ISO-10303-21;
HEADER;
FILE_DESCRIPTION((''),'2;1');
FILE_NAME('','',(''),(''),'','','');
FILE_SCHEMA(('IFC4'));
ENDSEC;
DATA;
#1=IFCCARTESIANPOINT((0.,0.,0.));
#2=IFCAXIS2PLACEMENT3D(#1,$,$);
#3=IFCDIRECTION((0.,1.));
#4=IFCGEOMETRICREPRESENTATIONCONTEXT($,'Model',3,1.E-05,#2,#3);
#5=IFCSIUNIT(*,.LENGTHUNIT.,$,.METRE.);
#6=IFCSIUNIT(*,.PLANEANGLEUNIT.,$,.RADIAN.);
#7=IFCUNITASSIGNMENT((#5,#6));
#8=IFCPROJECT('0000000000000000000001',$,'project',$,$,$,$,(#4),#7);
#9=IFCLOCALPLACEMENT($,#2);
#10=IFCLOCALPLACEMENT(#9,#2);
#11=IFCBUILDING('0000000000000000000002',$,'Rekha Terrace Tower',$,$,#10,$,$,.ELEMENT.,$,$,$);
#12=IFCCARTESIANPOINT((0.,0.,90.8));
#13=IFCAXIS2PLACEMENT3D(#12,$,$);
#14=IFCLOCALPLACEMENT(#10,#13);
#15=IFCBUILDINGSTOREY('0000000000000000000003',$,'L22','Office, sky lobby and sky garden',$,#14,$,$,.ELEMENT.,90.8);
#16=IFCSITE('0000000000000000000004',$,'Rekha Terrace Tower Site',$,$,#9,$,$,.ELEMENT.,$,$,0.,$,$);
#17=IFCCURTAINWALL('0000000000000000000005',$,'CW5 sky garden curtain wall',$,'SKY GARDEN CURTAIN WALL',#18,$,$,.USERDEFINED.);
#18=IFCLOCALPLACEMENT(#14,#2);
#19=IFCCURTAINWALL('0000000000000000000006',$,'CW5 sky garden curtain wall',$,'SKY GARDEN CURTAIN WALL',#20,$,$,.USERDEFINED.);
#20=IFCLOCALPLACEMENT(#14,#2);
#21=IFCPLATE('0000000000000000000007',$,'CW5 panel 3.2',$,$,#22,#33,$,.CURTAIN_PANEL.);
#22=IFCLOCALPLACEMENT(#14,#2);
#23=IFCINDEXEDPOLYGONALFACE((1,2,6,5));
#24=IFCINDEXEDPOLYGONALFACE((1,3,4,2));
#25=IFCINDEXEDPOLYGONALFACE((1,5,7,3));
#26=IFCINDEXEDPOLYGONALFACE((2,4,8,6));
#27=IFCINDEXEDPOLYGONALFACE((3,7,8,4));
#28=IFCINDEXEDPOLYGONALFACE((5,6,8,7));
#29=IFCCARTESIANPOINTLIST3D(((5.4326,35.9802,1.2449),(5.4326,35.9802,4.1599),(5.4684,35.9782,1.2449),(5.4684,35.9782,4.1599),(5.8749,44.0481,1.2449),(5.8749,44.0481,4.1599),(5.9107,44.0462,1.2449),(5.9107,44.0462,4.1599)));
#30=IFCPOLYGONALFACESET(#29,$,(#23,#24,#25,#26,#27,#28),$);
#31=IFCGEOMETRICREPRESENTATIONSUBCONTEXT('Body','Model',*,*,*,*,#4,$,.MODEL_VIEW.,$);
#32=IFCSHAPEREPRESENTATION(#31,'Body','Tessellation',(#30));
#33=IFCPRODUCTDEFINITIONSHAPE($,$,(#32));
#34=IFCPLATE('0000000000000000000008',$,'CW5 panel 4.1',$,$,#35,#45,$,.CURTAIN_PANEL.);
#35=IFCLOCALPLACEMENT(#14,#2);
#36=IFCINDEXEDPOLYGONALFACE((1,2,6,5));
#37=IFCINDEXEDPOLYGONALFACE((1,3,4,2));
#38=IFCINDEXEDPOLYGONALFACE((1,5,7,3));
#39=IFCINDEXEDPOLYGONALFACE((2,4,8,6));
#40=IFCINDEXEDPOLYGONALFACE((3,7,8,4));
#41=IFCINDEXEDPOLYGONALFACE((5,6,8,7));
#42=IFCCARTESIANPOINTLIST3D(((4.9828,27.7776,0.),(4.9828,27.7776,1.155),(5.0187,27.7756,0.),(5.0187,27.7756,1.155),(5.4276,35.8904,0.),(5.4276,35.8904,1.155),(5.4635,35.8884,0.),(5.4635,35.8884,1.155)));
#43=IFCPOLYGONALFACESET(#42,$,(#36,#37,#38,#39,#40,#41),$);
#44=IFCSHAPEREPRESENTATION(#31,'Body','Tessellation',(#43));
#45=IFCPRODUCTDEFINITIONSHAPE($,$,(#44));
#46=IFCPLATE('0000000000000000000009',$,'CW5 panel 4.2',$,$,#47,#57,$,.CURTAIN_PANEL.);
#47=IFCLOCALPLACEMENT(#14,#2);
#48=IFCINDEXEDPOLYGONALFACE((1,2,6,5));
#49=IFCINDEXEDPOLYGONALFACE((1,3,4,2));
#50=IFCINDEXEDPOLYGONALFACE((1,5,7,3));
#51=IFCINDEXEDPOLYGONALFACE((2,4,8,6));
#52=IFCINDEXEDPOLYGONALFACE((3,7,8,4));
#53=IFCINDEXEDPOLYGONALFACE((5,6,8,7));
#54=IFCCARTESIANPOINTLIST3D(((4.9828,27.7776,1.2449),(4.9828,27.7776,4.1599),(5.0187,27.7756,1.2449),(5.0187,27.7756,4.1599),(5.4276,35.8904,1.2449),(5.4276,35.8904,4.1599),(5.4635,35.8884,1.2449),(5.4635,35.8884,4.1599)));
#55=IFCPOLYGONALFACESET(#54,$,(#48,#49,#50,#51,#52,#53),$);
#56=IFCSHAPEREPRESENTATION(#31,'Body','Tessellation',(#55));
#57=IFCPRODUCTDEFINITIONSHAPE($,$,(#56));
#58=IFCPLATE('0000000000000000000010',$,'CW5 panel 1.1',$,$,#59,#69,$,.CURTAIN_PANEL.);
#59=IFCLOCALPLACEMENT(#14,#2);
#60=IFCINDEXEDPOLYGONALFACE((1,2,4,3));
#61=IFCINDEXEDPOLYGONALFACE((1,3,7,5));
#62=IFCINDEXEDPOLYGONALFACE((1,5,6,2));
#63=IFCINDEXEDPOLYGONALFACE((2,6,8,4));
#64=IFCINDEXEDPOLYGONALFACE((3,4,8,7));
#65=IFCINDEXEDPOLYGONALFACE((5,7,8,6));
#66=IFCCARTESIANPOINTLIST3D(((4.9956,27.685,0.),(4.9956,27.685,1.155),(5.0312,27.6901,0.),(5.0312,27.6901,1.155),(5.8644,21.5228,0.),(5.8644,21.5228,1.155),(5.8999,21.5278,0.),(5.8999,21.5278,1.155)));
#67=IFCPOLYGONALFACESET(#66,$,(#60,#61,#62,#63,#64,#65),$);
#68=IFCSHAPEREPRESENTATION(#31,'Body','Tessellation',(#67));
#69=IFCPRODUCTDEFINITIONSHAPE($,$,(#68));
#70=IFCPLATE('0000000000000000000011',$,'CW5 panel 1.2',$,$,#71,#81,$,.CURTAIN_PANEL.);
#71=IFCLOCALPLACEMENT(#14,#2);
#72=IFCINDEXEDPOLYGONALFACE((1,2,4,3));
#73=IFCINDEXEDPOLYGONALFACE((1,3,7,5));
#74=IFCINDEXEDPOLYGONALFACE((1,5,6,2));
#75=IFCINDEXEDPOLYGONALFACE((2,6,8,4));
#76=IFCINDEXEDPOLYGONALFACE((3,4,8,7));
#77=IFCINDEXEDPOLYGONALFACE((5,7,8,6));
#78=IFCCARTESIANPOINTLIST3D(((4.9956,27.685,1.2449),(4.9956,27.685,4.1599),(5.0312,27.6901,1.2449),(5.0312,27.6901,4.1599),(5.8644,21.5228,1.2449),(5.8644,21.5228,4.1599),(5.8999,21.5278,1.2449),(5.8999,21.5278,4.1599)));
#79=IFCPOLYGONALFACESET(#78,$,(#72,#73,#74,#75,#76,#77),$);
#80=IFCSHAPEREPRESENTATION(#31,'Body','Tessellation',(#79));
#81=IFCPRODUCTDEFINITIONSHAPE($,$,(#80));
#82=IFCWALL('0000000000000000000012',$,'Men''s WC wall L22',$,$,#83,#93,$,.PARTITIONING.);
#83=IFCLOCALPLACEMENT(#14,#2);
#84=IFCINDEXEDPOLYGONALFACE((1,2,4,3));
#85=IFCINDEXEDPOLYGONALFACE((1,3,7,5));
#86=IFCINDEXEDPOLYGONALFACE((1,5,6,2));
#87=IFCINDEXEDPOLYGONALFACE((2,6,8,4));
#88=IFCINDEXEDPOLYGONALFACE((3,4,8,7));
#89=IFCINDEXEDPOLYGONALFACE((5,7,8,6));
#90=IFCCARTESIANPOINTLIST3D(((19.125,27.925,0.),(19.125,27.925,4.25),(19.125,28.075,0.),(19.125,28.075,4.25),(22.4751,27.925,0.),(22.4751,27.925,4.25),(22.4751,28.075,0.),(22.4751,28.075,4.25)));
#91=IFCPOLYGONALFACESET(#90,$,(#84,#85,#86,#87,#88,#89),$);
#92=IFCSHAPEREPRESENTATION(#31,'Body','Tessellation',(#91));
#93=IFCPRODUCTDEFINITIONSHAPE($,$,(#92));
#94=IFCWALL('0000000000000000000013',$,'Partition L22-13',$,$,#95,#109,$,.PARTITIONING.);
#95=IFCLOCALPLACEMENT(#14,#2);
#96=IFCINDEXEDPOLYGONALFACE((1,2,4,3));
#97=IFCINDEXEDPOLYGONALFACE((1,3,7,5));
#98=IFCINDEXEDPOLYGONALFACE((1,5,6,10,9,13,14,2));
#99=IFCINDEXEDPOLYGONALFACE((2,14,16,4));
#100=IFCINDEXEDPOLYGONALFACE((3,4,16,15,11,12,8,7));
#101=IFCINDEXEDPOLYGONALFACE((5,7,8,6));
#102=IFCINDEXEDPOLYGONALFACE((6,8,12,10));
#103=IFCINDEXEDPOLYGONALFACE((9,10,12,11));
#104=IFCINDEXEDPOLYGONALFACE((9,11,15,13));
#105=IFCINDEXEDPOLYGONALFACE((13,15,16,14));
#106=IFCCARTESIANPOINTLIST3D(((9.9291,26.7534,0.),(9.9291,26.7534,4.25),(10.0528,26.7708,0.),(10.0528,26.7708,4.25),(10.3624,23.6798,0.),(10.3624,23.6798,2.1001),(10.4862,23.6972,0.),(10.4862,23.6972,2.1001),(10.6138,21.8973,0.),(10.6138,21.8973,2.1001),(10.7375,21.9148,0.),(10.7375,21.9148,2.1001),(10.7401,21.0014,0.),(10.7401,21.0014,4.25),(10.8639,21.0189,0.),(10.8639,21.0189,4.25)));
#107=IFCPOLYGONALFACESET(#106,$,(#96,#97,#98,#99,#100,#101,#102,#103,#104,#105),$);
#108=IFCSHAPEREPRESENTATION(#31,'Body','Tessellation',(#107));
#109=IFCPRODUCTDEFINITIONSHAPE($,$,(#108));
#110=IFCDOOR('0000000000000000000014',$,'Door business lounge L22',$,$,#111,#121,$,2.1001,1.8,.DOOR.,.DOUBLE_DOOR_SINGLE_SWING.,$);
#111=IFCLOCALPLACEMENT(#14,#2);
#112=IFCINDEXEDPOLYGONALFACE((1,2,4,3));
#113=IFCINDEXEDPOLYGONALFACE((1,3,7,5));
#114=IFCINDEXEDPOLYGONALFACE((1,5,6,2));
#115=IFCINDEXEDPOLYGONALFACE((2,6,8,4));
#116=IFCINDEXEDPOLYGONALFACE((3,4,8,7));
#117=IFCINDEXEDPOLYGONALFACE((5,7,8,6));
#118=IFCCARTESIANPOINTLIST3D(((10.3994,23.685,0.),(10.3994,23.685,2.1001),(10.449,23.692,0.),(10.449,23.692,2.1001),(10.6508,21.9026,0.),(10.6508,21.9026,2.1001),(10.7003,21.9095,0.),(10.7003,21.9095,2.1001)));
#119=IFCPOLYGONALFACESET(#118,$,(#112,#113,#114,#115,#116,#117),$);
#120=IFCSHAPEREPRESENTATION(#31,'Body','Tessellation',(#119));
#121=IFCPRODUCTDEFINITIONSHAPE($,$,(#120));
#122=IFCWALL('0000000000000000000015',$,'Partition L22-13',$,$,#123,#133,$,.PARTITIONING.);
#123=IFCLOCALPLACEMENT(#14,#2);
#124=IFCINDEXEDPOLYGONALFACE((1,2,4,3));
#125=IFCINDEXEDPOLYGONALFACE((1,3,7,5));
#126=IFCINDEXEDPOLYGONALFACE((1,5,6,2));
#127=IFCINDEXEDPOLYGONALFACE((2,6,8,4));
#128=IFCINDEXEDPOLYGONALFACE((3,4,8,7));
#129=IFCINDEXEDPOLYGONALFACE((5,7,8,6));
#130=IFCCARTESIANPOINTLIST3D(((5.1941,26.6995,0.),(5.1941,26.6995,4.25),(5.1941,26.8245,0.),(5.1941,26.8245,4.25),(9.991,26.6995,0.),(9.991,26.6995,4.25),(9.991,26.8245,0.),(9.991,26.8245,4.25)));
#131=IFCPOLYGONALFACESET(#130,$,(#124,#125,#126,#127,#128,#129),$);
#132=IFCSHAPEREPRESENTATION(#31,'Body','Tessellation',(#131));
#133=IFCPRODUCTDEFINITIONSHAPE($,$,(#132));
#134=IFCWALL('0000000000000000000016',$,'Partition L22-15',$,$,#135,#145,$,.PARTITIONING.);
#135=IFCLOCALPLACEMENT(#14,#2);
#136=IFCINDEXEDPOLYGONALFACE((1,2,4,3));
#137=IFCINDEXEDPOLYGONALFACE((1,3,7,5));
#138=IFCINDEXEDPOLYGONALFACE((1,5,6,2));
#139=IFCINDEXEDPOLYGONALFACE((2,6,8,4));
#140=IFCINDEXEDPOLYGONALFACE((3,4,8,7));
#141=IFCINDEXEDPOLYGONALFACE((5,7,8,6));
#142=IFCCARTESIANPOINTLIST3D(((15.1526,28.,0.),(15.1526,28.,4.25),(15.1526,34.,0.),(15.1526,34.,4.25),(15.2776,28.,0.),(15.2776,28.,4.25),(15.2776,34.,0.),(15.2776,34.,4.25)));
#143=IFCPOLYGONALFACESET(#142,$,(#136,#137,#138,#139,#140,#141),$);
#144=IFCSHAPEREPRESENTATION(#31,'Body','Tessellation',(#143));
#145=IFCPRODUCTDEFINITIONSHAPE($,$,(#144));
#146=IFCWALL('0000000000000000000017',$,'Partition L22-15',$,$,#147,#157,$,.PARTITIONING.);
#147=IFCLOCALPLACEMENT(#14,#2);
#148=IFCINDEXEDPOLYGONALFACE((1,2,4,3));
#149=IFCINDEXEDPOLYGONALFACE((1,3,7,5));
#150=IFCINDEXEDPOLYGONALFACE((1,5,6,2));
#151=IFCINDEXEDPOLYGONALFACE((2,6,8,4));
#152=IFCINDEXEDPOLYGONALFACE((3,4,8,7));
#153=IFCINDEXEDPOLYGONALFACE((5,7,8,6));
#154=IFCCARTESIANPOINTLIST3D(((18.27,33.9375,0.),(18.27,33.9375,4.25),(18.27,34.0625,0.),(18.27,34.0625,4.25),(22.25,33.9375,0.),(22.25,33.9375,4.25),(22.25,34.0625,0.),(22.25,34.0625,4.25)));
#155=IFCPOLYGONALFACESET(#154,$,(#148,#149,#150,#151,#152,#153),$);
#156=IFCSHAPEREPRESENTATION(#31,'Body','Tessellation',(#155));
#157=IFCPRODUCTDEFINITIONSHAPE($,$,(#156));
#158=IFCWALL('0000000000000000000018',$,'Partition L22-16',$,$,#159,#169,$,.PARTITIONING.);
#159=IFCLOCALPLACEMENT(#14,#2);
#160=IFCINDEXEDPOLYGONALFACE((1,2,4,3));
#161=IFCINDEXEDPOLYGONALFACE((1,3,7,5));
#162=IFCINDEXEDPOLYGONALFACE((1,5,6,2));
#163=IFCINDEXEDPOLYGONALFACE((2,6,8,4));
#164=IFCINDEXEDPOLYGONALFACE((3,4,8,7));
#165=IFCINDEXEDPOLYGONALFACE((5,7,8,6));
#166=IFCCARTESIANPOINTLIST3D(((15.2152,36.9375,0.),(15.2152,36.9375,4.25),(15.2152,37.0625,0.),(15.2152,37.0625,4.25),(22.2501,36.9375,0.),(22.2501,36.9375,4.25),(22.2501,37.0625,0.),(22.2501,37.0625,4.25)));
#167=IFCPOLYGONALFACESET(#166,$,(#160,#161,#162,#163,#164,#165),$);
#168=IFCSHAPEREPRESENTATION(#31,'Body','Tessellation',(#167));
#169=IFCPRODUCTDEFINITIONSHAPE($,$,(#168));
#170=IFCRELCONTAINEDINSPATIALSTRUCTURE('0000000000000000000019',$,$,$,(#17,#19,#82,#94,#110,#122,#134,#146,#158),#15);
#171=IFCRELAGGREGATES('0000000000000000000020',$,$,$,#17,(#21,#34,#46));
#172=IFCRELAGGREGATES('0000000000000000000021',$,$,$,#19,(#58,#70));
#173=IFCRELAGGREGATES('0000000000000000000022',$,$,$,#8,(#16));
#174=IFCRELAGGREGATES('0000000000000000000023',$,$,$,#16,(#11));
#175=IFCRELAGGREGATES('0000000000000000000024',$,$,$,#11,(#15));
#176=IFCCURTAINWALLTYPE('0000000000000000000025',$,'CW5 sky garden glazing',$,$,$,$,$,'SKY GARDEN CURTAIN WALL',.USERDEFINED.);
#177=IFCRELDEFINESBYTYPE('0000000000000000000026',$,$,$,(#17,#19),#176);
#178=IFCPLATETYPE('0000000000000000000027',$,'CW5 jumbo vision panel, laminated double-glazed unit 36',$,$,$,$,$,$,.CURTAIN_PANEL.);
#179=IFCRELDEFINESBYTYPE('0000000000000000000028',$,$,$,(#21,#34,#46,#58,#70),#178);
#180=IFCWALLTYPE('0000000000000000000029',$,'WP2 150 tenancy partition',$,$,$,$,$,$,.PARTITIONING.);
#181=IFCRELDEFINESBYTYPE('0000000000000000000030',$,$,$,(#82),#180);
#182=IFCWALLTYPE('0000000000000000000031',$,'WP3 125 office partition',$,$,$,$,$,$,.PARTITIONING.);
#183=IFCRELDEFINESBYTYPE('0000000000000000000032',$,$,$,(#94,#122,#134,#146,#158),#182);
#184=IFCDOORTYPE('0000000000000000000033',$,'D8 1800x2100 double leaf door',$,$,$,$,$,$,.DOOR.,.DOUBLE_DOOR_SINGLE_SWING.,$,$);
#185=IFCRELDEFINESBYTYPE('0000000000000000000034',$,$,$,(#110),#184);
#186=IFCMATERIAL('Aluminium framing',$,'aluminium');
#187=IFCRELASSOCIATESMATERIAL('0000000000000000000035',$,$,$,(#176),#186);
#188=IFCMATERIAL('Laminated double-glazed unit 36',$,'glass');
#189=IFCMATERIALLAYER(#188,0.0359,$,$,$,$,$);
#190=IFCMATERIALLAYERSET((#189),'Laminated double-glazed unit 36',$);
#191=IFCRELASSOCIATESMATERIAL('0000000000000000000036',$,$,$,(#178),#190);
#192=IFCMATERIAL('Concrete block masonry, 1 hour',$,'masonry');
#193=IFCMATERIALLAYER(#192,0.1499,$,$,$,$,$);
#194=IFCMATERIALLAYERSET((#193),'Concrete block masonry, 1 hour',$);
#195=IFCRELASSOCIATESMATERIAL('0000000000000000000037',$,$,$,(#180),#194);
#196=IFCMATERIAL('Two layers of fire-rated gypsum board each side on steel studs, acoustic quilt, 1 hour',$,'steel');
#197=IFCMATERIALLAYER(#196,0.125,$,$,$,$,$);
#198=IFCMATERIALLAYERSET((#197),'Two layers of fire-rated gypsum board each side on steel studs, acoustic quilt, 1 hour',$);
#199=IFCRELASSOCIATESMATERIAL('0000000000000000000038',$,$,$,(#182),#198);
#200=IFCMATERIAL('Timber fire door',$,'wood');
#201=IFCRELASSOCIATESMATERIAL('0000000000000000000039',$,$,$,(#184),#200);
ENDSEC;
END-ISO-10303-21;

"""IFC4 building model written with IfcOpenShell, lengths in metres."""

from ifc_helpers import new_model, si_unit, direction, frame, frame_2d, origin, origin_2d, place, context, subcontext, project, spatial, rectangle, extrude, material, layer, layer_set, type_object, element, fill, aggregate, save


model = new_model("IFC4")

# Units and contexts
model_context = context("Model", 3, precision=1e-05, world=origin(), true_north=direction((0.0, 1.0)))
body_context = subcontext(model_context, "Body", "Model", "MODEL_VIEW")
ifc_project = project(units=[si_unit("LENGTHUNIT", "METRE"), si_unit("PLANEANGLEUNIT", "RADIAN")], contexts=[model_context])

# Site, building, storey
site_placement = place(None, origin())
site = spatial("IfcSite", under=ifc_project, at=site_placement, Name="Rekha Terrace Tower Site", CompositionType="ELEMENT", RefElevation=0.0)
building_placement = place(site_placement, origin())
building = spatial("IfcBuilding", under=site, at=building_placement, Name="Rekha Terrace Tower", CompositionType="ELEMENT")
storey_placement = place(building_placement, frame((0.0, 0.0, 90.8)))
storey = spatial("IfcBuildingStorey", under=building, at=storey_placement, Name="L22", Description="Office, sky lobby and sky garden", CompositionType="ELEMENT", Elevation=90.8)

# Curtain walls
ifc_material_1 = material(Name="Aluminium framing", Category="aluminium")
curtain_wall_type = type_object("IfcCurtainWallType", Name="CW5 sky garden glazing", ElementType="SKY GARDEN CURTAIN WALL", PredefinedType="USERDEFINED", material=ifc_material_1)
curtain_wall_1_placement = place(storey_placement, origin())
curtain_wall_1 = element("IfcCurtainWall", 1, at=curtain_wall_1_placement, inside=storey, type_object=curtain_wall_type, Name="CW5 sky garden curtain wall", ObjectType="SKY GARDEN CURTAIN WALL", PredefinedType="USERDEFINED")
curtain_wall_2_placement = place(storey_placement, origin())
curtain_wall_2 = element("IfcCurtainWall", 2, at=curtain_wall_2_placement, inside=storey, type_object=curtain_wall_type, Name="CW5 sky garden curtain wall", ObjectType="SKY GARDEN CURTAIN WALL", PredefinedType="USERDEFINED")

# Plates
ifc_material_2 = material(Name="Laminated double-glazed unit 36", Category="glass")
ifc_layer_1 = layer(ifc_material_2, 0.0359)
ifc_layer_set_1 = layer_set([ifc_layer_1], Name="Laminated double-glazed unit 36")
plate_type = type_object("IfcPlateType", Name="CW5 jumbo vision panel, laminated double-glazed unit 36", PredefinedType="CURTAIN_PANEL", material=ifc_layer_set_1)
plate_1_placement = place(storey_placement, frame((5.6716, 40.0132, 1.2449), z_axis=(0.0, 0.0, 1.0), x_axis=(-0.054742, -0.998501, 0.0)))
plate_1 = element("IfcPlate", 3, at=plate_1_placement, type_object=plate_type, Name="CW5 panel 3.2", PredefinedType="CURTAIN_PANEL", context=body_context, shape_type="SweptSolid", body=[
    extrude(rectangle(XDim=8.0801, YDim=0.0359, at=origin_2d()), origin(), (0.0, 0.0, 1.0), 2.915),
])
plate_2_placement = place(storey_placement, frame((5.2231, 31.833, 0.0), z_axis=(0.0, 0.0, 1.0), x_axis=(-0.054742, -0.998501, 0.0)))
plate_2 = element("IfcPlate", 4, at=plate_2_placement, type_object=plate_type, Name="CW5 panel 4.1", PredefinedType="CURTAIN_PANEL", context=body_context, shape_type="SweptSolid", body=[
    extrude(rectangle(XDim=8.125, YDim=0.0359, at=origin_2d()), origin(), (0.0, 0.0, 1.0), 1.155),
])
plate_3_placement = place(storey_placement, frame((5.2231, 31.833, 1.2449), z_axis=(0.0, 0.0, 1.0), x_axis=(-0.054742, -0.998501, 0.0)))
plate_3 = element("IfcPlate", 5, at=plate_3_placement, type_object=plate_type, Name="CW5 panel 4.2", PredefinedType="CURTAIN_PANEL", context=body_context, shape_type="SweptSolid", body=[
    extrude(rectangle(XDim=8.125, YDim=0.0359, at=origin_2d()), origin(), (0.0, 0.0, 1.0), 2.915),
])
aggregate(curtain_wall_1, [plate_1, plate_2, plate_3])
plate_4_placement = place(storey_placement, frame((5.4478, 24.6064, 0.0), z_axis=(0.0, 0.0, 1.0), x_axis=(0.139597, -0.990208, 0.0)))
plate_4 = element("IfcPlate", 6, at=plate_4_placement, type_object=plate_type, Name="CW5 panel 1.1", PredefinedType="CURTAIN_PANEL", context=body_context, shape_type="SweptSolid", body=[
    extrude(rectangle(XDim=6.2231, YDim=0.0359, at=origin_2d()), origin(), (0.0, 0.0, 1.0), 1.155),
])
plate_5_placement = place(storey_placement, frame((5.4478, 24.6064, 1.2449), z_axis=(0.0, 0.0, 1.0), x_axis=(0.139597, -0.990208, 0.0)))
plate_5 = element("IfcPlate", 7, at=plate_5_placement, type_object=plate_type, Name="CW5 panel 1.2", PredefinedType="CURTAIN_PANEL", context=body_context, shape_type="SweptSolid", body=[
    extrude(rectangle(XDim=6.2231, YDim=0.0359, at=origin_2d()), origin(), (0.0, 0.0, 1.0), 2.915),
])
aggregate(curtain_wall_2, [plate_4, plate_5])

# Wall
ifc_material_3 = material(Name="Concrete block masonry, 1 hour", Category="masonry")
ifc_layer_2 = layer(ifc_material_3, 0.1499)
ifc_layer_set_2 = layer_set([ifc_layer_2], Name="Concrete block masonry, 1 hour")
wall_type_1 = type_object("IfcWallType", Name="WP2 150 tenancy partition", PredefinedType="PARTITIONING", material=ifc_layer_set_2)
wall_1_placement = place(storey_placement, frame((19.125, 28.0, 0.0), z_axis=(0.0, 0.0, 1.0), x_axis=(1.0, 0.0, 0.0)))
element("IfcWall", 8, at=wall_1_placement, inside=storey, type_object=wall_type_1, Name="Men's WC wall L22", PredefinedType="PARTITIONING", context=body_context, shape_type="SweptSolid", body=[
    extrude(rectangle(XDim=3.3501, YDim=0.1499, at=frame_2d((1.675, 0.0))), origin(), (0.0, 0.0, 1.0), 4.25),
])

# Wall, opening, door
ifc_material_4 = material(Name="Two layers of fire-rated gypsum board each side on steel studs, acoustic quilt, 1 hour", Category="steel")
ifc_layer_3 = layer(ifc_material_4, 0.125)
ifc_layer_set_3 = layer_set([ifc_layer_3], Name="Two layers of fire-rated gypsum board each side on steel studs, acoustic quilt, 1 hour")
wall_type_2 = type_object("IfcWallType", Name="WP3 125 office partition", PredefinedType="PARTITIONING", material=ifc_layer_set_3)
wall_2_placement = place(storey_placement, frame((9.991, 26.762, 0.0), z_axis=(0.0, 0.0, 1.0), x_axis=(0.139621, -0.990205, 0.0)))
wall_2 = element("IfcWall", 9, at=wall_2_placement, inside=storey, type_object=wall_type_2, Name="Partition L22-13", PredefinedType="PARTITIONING", context=body_context, shape_type="SweptSolid", body=[
    extrude(rectangle(XDim=5.8088, YDim=0.125, at=frame_2d((2.9043, 0.0))), origin(), (0.0, 0.0, 1.0), 4.25),
])
opening_1_placement = place(wall_2_placement, frame((3.104, 0.0, 0.0)))
opening_1 = element("IfcOpeningElement", 10, at=opening_1_placement, cuts=wall_2, PredefinedType="OPENING", context=body_context, shape_type="SweptSolid", body=[
    extrude(rectangle(XDim=1.8, YDim=2.1001, at=frame_2d((0.8999, 1.05))), frame((0.0, 0.0725, 0.0), z_axis=(0.0, -1.0, 0.0), x_axis=(1.0, 0.0, 0.0)), (0.0, 0.0, 1.0), 0.145),
])
ifc_material_5 = material(Name="Timber fire door", Category="wood")
door_type_1 = type_object("IfcDoorType", Name="D8 1800x2100 double leaf door", OperationType="DOUBLE_DOOR_SINGLE_SWING", PredefinedType="DOOR", material=ifc_material_5)
door_1_placement = place(opening_1_placement, origin())
door_1 = element("IfcDoor", 11, at=door_1_placement, inside=storey, type_object=door_type_1, Name="Door business lounge L22", OperationType="DOUBLE_DOOR_SINGLE_SWING", OverallHeight=2.1001, OverallWidth=1.8, PredefinedType="DOOR", context=body_context, shape_type="SweptSolid", body=[
    extrude(rectangle(XDim=1.8, YDim=2.1001, at=frame_2d((0.8999, 1.05))), frame((0.0, 0.0249, 0.0), z_axis=(0.0, -1.0, 0.0), x_axis=(1.0, 0.0, 0.0)), (0.0, 0.0, 1.0), 0.05),
])
fill(opening_1, door_1)

# Walls
wall_3_placement = place(storey_placement, frame((5.1941, 26.762, 0.0), z_axis=(0.0, 0.0, 1.0), x_axis=(1.0, 0.0, 0.0)))
element("IfcWall", 12, at=wall_3_placement, inside=storey, type_object=wall_type_2, Name="Partition L22-13", PredefinedType="PARTITIONING", context=body_context, shape_type="SweptSolid", body=[
    extrude(rectangle(XDim=4.7969, YDim=0.125, at=frame_2d((2.3984, 0.0))), origin(), (0.0, 0.0, 1.0), 4.25),
])
wall_4_placement = place(storey_placement, frame((15.2151, 28.0, 0.0), z_axis=(0.0, 0.0, 1.0), x_axis=(0.0, 1.0, 0.0)))
element("IfcWall", 13, at=wall_4_placement, inside=storey, type_object=wall_type_2, Name="Partition L22-15", PredefinedType="PARTITIONING", context=body_context, shape_type="SweptSolid", body=[
    extrude(rectangle(XDim=6.0, YDim=0.125, at=frame_2d((3.0, 0.0))), origin(), (0.0, 0.0, 1.0), 4.25),
])
wall_5_placement = place(storey_placement, frame((18.27, 34.0, 0.0), z_axis=(0.0, 0.0, 1.0), x_axis=(1.0, 0.0, 0.0)))
element("IfcWall", 14, at=wall_5_placement, inside=storey, type_object=wall_type_2, Name="Partition L22-15", PredefinedType="PARTITIONING", context=body_context, shape_type="SweptSolid", body=[
    extrude(rectangle(XDim=3.98, YDim=0.125, at=frame_2d((1.99, 0.0))), origin(), (0.0, 0.0, 1.0), 4.25),
])
wall_6_placement = place(storey_placement, frame((15.2151, 37.0, 0.0), z_axis=(0.0, 0.0, 1.0), x_axis=(1.0, 0.0, 0.0)))
element("IfcWall", 15, at=wall_6_placement, inside=storey, type_object=wall_type_2, Name="Partition L22-16", PredefinedType="PARTITIONING", context=body_context, shape_type="SweptSolid", body=[
    extrude(rectangle(XDim=7.0349, YDim=0.125, at=frame_2d((3.5176, 0.0))), origin(), (0.0, 0.0, 1.0), 4.25),
])

save(model, "model.ifc")
